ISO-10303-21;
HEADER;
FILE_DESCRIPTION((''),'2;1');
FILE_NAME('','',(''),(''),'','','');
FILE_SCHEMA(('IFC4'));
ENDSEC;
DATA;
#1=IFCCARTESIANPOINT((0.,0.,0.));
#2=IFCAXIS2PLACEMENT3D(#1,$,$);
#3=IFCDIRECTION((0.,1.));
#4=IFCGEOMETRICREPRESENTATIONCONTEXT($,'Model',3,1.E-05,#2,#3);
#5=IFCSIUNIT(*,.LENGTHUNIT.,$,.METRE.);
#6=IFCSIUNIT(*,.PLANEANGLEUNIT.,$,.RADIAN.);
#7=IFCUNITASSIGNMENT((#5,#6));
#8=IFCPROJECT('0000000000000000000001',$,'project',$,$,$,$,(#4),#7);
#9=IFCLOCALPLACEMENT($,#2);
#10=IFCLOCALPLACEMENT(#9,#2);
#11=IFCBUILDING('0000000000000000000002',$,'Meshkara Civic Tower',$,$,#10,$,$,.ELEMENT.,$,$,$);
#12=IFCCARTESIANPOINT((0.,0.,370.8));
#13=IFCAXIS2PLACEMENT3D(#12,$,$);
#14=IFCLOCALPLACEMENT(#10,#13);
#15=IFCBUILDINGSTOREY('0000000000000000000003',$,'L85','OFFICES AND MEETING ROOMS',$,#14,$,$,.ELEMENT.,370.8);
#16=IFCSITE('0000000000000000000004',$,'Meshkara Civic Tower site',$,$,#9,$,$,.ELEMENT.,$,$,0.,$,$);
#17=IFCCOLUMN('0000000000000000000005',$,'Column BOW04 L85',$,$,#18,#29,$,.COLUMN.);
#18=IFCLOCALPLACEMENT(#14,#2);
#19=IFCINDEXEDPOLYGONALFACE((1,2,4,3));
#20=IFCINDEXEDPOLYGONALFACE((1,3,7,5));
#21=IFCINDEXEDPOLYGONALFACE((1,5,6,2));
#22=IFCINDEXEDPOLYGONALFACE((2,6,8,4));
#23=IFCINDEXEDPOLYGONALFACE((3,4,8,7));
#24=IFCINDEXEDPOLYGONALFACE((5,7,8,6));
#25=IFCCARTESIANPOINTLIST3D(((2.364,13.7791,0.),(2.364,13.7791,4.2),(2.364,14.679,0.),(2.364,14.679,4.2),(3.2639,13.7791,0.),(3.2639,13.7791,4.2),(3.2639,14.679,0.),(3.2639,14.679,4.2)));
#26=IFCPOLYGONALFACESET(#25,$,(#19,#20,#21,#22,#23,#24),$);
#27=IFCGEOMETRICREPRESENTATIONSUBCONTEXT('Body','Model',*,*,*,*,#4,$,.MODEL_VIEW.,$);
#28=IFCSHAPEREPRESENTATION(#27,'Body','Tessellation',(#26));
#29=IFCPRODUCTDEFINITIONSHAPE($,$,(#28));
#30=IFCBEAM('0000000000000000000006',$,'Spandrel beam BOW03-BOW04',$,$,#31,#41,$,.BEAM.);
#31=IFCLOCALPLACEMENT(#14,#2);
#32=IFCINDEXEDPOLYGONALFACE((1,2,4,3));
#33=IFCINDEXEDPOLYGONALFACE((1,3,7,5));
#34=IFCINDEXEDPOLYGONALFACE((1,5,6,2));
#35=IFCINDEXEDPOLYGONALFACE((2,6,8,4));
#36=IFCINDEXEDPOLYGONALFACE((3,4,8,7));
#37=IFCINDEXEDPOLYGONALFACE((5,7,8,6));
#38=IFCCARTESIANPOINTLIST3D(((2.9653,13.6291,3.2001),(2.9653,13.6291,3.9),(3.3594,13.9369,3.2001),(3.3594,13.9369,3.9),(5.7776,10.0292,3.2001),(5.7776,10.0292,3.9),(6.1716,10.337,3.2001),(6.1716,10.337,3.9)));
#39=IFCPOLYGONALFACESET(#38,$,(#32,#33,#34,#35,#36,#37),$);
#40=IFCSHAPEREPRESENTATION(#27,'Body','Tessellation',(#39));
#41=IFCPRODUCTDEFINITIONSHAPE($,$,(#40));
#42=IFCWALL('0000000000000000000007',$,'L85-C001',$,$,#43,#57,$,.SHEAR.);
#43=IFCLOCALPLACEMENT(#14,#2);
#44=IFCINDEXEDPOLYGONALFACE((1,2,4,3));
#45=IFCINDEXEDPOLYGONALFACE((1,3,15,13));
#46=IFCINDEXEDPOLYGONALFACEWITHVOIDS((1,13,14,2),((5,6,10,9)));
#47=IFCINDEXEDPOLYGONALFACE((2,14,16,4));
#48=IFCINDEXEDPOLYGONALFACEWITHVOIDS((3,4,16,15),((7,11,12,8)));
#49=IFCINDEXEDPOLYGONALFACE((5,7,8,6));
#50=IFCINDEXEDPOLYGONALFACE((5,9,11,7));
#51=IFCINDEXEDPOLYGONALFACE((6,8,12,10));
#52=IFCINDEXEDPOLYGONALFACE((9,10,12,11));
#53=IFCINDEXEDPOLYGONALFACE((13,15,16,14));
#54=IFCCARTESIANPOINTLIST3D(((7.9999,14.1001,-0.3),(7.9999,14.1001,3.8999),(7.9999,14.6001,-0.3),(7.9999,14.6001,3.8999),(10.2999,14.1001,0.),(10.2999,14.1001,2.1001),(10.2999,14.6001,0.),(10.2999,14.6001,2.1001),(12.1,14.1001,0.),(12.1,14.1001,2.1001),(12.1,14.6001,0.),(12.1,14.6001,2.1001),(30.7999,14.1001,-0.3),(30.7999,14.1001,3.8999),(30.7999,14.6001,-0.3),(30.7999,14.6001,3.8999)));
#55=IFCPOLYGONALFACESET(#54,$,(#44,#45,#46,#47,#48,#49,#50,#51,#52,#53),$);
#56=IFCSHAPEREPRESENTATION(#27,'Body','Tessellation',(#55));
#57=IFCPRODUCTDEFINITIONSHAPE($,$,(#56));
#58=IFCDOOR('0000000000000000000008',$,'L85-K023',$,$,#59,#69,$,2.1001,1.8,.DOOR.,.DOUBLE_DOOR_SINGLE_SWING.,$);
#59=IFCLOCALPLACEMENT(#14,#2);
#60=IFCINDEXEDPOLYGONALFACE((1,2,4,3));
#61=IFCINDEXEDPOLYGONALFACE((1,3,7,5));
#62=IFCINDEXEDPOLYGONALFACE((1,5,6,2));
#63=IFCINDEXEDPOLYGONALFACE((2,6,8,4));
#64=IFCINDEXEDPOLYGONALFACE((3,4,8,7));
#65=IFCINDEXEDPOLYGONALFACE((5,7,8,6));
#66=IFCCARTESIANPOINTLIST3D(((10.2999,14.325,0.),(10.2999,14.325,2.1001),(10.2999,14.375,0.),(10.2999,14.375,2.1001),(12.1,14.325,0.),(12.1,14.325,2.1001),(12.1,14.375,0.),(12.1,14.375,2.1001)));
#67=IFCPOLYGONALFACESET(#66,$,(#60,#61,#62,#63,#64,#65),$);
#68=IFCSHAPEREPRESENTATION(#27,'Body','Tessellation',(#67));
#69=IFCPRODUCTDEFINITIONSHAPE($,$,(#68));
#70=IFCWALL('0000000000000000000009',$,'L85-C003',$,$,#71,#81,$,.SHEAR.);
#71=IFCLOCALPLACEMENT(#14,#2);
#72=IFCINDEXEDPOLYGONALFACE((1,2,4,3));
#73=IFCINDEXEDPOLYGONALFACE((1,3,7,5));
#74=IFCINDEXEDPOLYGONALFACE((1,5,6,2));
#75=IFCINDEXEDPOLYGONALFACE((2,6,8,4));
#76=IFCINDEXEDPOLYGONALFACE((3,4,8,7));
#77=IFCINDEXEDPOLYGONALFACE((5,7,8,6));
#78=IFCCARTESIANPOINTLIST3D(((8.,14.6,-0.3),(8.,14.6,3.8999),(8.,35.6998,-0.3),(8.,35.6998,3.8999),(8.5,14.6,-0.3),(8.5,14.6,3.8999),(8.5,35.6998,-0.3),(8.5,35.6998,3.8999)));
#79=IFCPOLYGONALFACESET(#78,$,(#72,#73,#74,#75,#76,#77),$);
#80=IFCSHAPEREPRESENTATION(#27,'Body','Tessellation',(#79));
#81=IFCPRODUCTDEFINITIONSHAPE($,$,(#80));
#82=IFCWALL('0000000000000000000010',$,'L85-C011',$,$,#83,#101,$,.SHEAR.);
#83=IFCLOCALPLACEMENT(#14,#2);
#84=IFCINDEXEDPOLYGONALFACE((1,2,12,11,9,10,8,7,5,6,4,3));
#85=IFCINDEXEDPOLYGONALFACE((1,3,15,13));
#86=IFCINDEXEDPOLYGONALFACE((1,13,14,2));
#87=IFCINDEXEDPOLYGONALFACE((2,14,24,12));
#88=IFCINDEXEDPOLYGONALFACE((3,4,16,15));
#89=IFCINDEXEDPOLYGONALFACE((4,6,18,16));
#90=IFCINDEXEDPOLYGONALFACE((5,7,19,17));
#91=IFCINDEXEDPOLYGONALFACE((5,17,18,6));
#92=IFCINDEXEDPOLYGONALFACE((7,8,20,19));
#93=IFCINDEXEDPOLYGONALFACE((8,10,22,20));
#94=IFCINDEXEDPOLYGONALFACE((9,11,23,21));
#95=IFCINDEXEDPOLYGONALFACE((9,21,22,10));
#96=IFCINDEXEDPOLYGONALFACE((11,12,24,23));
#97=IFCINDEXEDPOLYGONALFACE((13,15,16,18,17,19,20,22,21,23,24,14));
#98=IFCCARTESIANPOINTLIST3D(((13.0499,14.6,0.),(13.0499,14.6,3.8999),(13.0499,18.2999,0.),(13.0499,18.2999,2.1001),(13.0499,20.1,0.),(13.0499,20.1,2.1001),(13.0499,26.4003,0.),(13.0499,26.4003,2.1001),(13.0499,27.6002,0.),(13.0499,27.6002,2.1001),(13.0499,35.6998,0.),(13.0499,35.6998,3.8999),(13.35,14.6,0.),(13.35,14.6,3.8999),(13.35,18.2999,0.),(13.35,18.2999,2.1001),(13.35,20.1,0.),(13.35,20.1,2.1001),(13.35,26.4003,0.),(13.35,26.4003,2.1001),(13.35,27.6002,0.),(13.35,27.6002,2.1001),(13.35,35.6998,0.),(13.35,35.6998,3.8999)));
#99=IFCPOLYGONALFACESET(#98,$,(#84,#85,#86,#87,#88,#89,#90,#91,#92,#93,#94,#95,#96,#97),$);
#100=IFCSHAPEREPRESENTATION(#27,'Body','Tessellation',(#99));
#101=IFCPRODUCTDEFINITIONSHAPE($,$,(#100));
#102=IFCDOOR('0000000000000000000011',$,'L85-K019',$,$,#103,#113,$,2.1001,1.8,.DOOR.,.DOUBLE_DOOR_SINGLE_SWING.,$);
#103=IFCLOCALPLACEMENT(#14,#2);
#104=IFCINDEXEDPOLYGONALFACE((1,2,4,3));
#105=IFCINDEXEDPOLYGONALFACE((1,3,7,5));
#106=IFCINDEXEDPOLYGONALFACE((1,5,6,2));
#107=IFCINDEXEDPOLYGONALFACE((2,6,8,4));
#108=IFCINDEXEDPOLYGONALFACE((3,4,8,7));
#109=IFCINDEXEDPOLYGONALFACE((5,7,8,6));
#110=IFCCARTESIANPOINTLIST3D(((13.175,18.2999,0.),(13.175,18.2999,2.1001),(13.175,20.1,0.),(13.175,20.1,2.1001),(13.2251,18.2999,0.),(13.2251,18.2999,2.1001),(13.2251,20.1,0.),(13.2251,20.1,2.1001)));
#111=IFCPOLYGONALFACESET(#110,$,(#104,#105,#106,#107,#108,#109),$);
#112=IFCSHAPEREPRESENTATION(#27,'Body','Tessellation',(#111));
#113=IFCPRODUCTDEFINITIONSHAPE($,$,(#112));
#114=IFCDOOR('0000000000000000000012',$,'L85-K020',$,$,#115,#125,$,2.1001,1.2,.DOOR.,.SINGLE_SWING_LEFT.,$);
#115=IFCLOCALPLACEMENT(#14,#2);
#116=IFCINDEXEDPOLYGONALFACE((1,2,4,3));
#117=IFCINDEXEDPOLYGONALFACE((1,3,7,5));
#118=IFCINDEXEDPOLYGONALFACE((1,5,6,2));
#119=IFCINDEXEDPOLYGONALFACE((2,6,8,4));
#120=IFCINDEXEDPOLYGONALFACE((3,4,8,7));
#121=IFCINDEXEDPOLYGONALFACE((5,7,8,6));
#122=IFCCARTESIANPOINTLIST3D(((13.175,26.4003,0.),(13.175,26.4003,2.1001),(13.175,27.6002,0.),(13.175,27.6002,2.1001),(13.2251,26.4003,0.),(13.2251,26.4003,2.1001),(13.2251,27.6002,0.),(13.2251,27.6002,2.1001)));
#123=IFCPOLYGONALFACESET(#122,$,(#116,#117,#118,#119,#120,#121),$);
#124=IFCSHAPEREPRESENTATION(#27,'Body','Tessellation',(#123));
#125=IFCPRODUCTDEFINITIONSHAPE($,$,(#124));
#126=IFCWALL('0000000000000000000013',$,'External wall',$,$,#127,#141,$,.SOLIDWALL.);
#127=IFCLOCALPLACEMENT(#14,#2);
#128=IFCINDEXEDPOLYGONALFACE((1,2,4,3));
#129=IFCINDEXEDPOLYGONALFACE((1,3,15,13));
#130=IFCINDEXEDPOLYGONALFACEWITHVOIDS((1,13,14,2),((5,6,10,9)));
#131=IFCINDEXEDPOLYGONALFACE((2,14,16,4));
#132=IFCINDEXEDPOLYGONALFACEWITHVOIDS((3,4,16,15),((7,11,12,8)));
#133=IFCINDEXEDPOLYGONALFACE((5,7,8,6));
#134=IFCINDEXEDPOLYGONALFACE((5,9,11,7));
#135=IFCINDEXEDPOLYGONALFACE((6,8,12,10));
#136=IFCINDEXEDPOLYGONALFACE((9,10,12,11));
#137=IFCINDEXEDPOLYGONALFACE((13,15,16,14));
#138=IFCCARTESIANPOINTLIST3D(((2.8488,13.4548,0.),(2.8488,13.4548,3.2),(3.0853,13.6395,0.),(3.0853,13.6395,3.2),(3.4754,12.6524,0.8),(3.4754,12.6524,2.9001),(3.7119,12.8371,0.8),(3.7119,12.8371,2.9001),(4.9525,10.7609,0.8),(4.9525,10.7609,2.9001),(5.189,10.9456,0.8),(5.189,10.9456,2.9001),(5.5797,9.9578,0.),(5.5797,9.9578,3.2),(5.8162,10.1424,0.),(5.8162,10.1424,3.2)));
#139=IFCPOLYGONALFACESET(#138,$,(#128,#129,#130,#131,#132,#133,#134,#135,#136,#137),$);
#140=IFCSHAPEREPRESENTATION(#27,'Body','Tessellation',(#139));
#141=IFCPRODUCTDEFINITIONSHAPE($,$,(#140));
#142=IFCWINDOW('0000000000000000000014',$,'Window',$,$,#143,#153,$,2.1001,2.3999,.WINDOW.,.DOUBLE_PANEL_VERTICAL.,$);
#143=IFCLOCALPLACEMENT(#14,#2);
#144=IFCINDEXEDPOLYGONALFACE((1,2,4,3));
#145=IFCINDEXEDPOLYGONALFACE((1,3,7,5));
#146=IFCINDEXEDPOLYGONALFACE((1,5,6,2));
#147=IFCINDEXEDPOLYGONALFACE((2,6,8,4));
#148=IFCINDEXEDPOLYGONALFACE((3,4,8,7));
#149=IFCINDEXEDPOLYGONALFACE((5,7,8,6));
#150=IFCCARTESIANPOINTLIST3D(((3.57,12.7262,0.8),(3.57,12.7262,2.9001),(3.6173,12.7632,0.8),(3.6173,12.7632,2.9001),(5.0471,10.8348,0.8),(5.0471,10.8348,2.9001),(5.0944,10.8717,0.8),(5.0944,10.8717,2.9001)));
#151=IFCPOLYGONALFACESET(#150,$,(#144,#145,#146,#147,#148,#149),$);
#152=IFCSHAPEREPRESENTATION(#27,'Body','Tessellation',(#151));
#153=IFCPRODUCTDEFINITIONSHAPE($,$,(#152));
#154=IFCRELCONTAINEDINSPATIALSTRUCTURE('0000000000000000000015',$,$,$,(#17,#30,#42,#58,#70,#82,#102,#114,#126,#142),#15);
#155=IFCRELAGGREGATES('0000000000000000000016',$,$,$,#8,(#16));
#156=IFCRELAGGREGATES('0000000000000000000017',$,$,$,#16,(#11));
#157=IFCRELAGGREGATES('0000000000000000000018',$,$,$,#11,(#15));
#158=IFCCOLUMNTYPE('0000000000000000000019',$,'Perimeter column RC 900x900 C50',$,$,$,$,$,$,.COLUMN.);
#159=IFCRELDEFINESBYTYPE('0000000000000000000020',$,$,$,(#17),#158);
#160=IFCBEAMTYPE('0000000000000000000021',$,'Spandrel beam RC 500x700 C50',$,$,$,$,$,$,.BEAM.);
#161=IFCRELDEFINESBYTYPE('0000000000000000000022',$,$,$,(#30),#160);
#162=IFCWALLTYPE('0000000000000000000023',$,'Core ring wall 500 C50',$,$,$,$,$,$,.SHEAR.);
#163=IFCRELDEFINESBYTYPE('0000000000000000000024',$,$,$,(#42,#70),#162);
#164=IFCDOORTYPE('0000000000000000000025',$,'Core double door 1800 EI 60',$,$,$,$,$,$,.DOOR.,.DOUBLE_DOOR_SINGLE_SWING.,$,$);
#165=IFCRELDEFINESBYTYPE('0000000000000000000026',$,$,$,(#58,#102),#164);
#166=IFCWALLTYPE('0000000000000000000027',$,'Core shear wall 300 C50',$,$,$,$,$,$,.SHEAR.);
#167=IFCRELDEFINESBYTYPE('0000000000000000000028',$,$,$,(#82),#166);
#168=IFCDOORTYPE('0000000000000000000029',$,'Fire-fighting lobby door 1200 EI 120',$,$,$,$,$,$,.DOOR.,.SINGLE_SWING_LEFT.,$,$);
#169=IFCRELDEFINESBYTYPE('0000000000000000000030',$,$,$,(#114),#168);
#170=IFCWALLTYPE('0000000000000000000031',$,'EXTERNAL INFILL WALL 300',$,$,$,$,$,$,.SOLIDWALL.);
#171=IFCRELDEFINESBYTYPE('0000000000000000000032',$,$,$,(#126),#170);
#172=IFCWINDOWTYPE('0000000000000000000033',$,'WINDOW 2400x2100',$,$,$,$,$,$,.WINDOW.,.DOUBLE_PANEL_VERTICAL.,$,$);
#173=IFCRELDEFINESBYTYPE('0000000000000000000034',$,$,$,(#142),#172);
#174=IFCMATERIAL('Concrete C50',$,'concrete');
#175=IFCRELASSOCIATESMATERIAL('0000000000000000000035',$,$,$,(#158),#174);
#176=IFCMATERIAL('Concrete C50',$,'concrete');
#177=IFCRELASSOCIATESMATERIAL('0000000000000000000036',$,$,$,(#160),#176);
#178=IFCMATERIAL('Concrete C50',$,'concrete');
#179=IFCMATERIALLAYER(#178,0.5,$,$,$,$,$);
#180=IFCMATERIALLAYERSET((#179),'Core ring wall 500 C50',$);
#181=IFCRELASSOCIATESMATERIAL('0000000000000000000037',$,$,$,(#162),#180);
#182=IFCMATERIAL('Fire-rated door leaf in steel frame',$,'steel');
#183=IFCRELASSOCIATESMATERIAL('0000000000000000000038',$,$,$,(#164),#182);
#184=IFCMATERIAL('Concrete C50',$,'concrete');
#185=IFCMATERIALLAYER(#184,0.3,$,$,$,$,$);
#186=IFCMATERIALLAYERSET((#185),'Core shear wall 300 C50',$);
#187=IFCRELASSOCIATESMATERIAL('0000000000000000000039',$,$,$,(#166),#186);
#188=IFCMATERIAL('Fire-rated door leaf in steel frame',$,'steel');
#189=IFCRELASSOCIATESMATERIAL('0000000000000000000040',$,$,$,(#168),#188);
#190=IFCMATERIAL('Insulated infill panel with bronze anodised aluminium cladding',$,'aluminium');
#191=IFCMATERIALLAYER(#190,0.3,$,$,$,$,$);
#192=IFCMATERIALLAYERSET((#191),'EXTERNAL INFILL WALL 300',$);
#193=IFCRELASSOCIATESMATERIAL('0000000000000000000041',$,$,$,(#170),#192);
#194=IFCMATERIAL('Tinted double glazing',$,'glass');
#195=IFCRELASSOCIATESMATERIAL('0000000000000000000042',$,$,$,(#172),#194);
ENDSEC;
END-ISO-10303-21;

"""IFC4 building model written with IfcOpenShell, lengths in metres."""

from ifc_helpers import new_model, si_unit, direction, frame, frame_2d, origin, origin_2d, place, context, subcontext, project, spatial, rectangle, extrude, material, layer, layer_set, material_profile, profile_set, type_object, element, fill, save


model = new_model("IFC4")

# Units and contexts
model_context = context("Model", 3, precision=1e-05, world=origin(), true_north=direction((0.0, 1.0)))
body_context = subcontext(model_context, "Body", "Model", "MODEL_VIEW")
ifc_project = project(units=[si_unit("LENGTHUNIT", "METRE"), si_unit("PLANEANGLEUNIT", "RADIAN")], contexts=[model_context])

# Site, building, storey
site_placement = place(None, origin())
site = spatial("IfcSite", under=ifc_project, at=site_placement, Name="Meshkara Civic Tower site", CompositionType="ELEMENT", RefElevation=0.0)
building_placement = place(site_placement, origin())
building = spatial("IfcBuilding", under=site, at=building_placement, Name="Meshkara Civic Tower", CompositionType="ELEMENT")
storey_placement = place(building_placement, frame((0.0, 0.0, 370.8)))
storey = spatial("IfcBuildingStorey", under=building, at=storey_placement, Name="L85", Description="OFFICES AND MEETING ROOMS", CompositionType="ELEMENT", Elevation=370.8)

# Column
ifc_material_1 = material(Name="Concrete C50", Category="concrete")
ifc_material_profile_1 = material_profile(ifc_material_1, rectangle(XDim=0.8999, YDim=0.8999, at=origin_2d()))
ifc_profile_set_1 = profile_set([ifc_material_profile_1], Name="Concrete C50")
column_type = type_object("IfcColumnType", Name="Perimeter column RC 900x900 C50", PredefinedType="COLUMN", material=ifc_profile_set_1)
column_placement = place(storey_placement, frame((2.814, 14.229, 0.0), z_axis=(0.0, 0.0, 1.0), x_axis=(1.0, 0.0, 0.0)))
element("IfcColumn", 1, at=column_placement, inside=storey, type_object=column_type, Name="Column BOW04 L85", PredefinedType="COLUMN", context=body_context, shape_type="SweptSolid", body=[
    extrude(rectangle(XDim=0.8999, YDim=0.8999, at=origin_2d()), origin(), (0.0, 0.0, 1.0), 4.2),
])

# Beam
ifc_material_2 = material(Name="Concrete C50", Category="concrete")
ifc_material_profile_2 = material_profile(ifc_material_2, rectangle(XDim=0.5, YDim=0.7, at=origin_2d()))
ifc_profile_set_2 = profile_set([ifc_material_profile_2], Name="Concrete C50")
beam_type = type_object("IfcBeamType", Name="Spandrel beam RC 500x700 C50", PredefinedType="BEAM", material=ifc_profile_set_2)
beam_placement = place(storey_placement, frame((3.1624, 13.783, 3.55), z_axis=(0.615626, -0.788038, 0.0), x_axis=(0.788038, 0.615626, 0.0)))
element("IfcBeam", 2, at=beam_placement, inside=storey, type_object=beam_type, Name="Spandrel beam BOW03-BOW04", PredefinedType="BEAM", context=body_context, shape_type="SweptSolid", body=[
    extrude(rectangle(XDim=0.5, YDim=0.7, at=origin_2d()), origin(), (0.0, 0.0, 1.0), 4.5681),
])

# Wall, opening, door
ifc_material_3 = material(Name="Concrete C50", Category="concrete")
ifc_layer_1 = layer(ifc_material_3, 0.5)
ifc_layer_set_1 = layer_set([ifc_layer_1], Name="Core ring wall 500 C50")
wall_type_1 = type_object("IfcWallType", Name="Core ring wall 500 C50", PredefinedType="SHEAR", material=ifc_layer_set_1)
wall_1_placement = place(storey_placement, frame((8.0, 14.3501, -0.3), z_axis=(0.0, 0.0, 1.0), x_axis=(1.0, 0.0, 0.0)))
wall_1 = element("IfcWall", 3, at=wall_1_placement, inside=storey, type_object=wall_type_1, Name="L85-C001", PredefinedType="SHEAR", context=body_context, shape_type="SweptSolid", body=[
    extrude(rectangle(XDim=22.8, YDim=0.5, at=frame_2d((11.3999, 0.0))), origin(), (0.0, 0.0, 1.0), 4.2),
])
opening_1_placement = place(wall_1_placement, frame((2.3, 0.0, 0.3)))
opening_1 = element("IfcOpeningElement", 4, at=opening_1_placement, cuts=wall_1, PredefinedType="OPENING", context=body_context, shape_type="SweptSolid", body=[
    extrude(rectangle(XDim=1.8, YDim=2.1001, at=frame_2d((0.8999, 1.05))), frame((0.0, 0.26, 0.0), z_axis=(0.0, -1.0, 0.0), x_axis=(1.0, 0.0, 0.0)), (0.0, 0.0, 1.0), 0.52),
])
ifc_material_4 = material(Name="Fire-rated door leaf in steel frame", Category="steel")
door_type_1 = type_object("IfcDoorType", Name="Core double door 1800 EI 60", OperationType="DOUBLE_DOOR_SINGLE_SWING", PredefinedType="DOOR", material=ifc_material_4)
door_1_placement = place(opening_1_placement, origin())
door_1 = element("IfcDoor", 5, at=door_1_placement, inside=storey, type_object=door_type_1, Name="L85-K023", OperationType="DOUBLE_DOOR_SINGLE_SWING", OverallHeight=2.1001, OverallWidth=1.8, PredefinedType="DOOR", context=body_context, shape_type="SweptSolid", body=[
    extrude(rectangle(XDim=1.8, YDim=2.1001, at=frame_2d((0.8999, 1.05))), frame((0.0, 0.0249, 0.0), z_axis=(0.0, -1.0, 0.0), x_axis=(1.0, 0.0, 0.0)), (0.0, 0.0, 1.0), 0.05),
])
fill(opening_1, door_1)

# Wall
wall_2_placement = place(storey_placement, frame((8.25, 14.6001, -0.3), z_axis=(0.0, 0.0, 1.0), x_axis=(0.0, 1.0, 0.0)))
element("IfcWall", 6, at=wall_2_placement, inside=storey, type_object=wall_type_1, Name="L85-C003", PredefinedType="SHEAR", context=body_context, shape_type="SweptSolid", body=[
    extrude(rectangle(XDim=21.0999, YDim=0.5, at=frame_2d((10.5498, 0.0))), origin(), (0.0, 0.0, 1.0), 4.2),
])

# Wall, openings, doors
ifc_material_5 = material(Name="Concrete C50", Category="concrete")
ifc_layer_2 = layer(ifc_material_5, 0.3)
ifc_layer_set_2 = layer_set([ifc_layer_2], Name="Core shear wall 300 C50")
wall_type_2 = type_object("IfcWallType", Name="Core shear wall 300 C50", PredefinedType="SHEAR", material=ifc_layer_set_2)
wall_3_placement = place(storey_placement, frame((13.2, 14.6001, 0.0), z_axis=(0.0, 0.0, 1.0), x_axis=(0.0, 1.0, 0.0)))
wall_3 = element("IfcWall", 7, at=wall_3_placement, inside=storey, type_object=wall_type_2, Name="L85-C011", PredefinedType="SHEAR", context=body_context, shape_type="SweptSolid", body=[
    extrude(rectangle(XDim=21.0999, YDim=0.3, at=frame_2d((10.5498, 0.0))), origin(), (0.0, 0.0, 1.0), 3.8999),
])
opening_2_placement = place(wall_3_placement, frame((3.7, 0.0, 0.0)))
opening_2 = element("IfcOpeningElement", 8, at=opening_2_placement, cuts=wall_3, PredefinedType="OPENING", context=body_context, shape_type="SweptSolid", body=[
    extrude(rectangle(XDim=1.8, YDim=2.1001, at=frame_2d((0.8999, 1.05))), frame((0.0, 0.1599, 0.0), z_axis=(0.0, -1.0, 0.0), x_axis=(1.0, 0.0, 0.0)), (0.0, 0.0, 1.0), 0.3201),
])
opening_3_placement = place(wall_3_placement, frame((11.8, 0.0, 0.0)))
opening_3 = element("IfcOpeningElement", 9, at=opening_3_placement, cuts=wall_3, PredefinedType="OPENING", context=body_context, shape_type="SweptSolid", body=[
    extrude(rectangle(XDim=1.2, YDim=2.1001, at=frame_2d((0.6001, 1.05))), frame((0.0, 0.1599, 0.0), z_axis=(0.0, -1.0, 0.0), x_axis=(1.0, 0.0, 0.0)), (0.0, 0.0, 1.0), 0.3201),
])
door_2_placement = place(opening_2_placement, origin())
door_2 = element("IfcDoor", 10, at=door_2_placement, inside=storey, type_object=door_type_1, Name="L85-K019", OperationType="DOUBLE_DOOR_SINGLE_SWING", OverallHeight=2.1001, OverallWidth=1.8, PredefinedType="DOOR", context=body_context, shape_type="SweptSolid", body=[
    extrude(rectangle(XDim=1.8, YDim=2.1001, at=frame_2d((0.8999, 1.05))), frame((0.0, 0.0249, 0.0), z_axis=(0.0, -1.0, 0.0), x_axis=(1.0, 0.0, 0.0)), (0.0, 0.0, 1.0), 0.05),
])
fill(opening_2, door_2)
ifc_material_6 = material(Name="Fire-rated door leaf in steel frame", Category="steel")
door_type_2 = type_object("IfcDoorType", Name="Fire-fighting lobby door 1200 EI 120", OperationType="SINGLE_SWING_LEFT", PredefinedType="DOOR", material=ifc_material_6)
door_3_placement = place(opening_3_placement, origin())
door_3 = element("IfcDoor", 11, at=door_3_placement, inside=storey, type_object=door_type_2, Name="L85-K020", OperationType="SINGLE_SWING_LEFT", OverallHeight=2.1001, OverallWidth=1.2, PredefinedType="DOOR", context=body_context, shape_type="SweptSolid", body=[
    extrude(rectangle(XDim=1.2, YDim=2.1001, at=frame_2d((0.6001, 1.05))), frame((0.0, 0.0249, 0.0), z_axis=(0.0, -1.0, 0.0), x_axis=(1.0, 0.0, 0.0)), (0.0, 0.0, 1.0), 0.05),
])
fill(opening_3, door_3)

# Wall, opening, window
ifc_material_7 = material(Name="Insulated infill panel with bronze anodised aluminium cladding", Category="aluminium")
ifc_layer_3 = layer(ifc_material_7, 0.3)
ifc_layer_set_3 = layer_set([ifc_layer_3], Name="EXTERNAL INFILL WALL 300")
wall_type_3 = type_object("IfcWallType", Name="EXTERNAL INFILL WALL 300", PredefinedType="SOLIDWALL", material=ifc_layer_set_3)
wall_4_placement = place(storey_placement, frame((2.967, 13.5471, 0.0), z_axis=(0.0, 0.0, 1.0), x_axis=(0.615486, -0.788148, 0.0)))
wall_4 = element("IfcWall", 12, at=wall_4_placement, inside=storey, type_object=wall_type_3, Name="External wall", PredefinedType="SOLIDWALL", context=body_context, shape_type="SweptSolid", body=[
    extrude(rectangle(XDim=4.437, YDim=0.3, at=frame_2d((2.2185, 0.0))), origin(), (0.0, 0.0, 1.0), 3.2),
])
opening_4_placement = place(wall_4_placement, frame((1.0181, 0.0, 0.8)))
opening_4 = element("IfcOpeningElement", 13, at=opening_4_placement, cuts=wall_4, PredefinedType="OPENING", context=body_context, shape_type="SweptSolid", body=[
    extrude(rectangle(XDim=2.3999, YDim=2.1001, at=frame_2d((1.2, 1.05))), frame((0.0, 0.1599, 0.0), z_axis=(0.0, -1.0, 0.0), x_axis=(1.0, 0.0, 0.0)), (0.0, 0.0, 1.0), 0.3201),
])
ifc_material_8 = material(Name="Tinted double glazing", Category="glass")
window_type = type_object("IfcWindowType", Name="WINDOW 2400x2100", PartitioningType="DOUBLE_PANEL_VERTICAL", PredefinedType="WINDOW", material=ifc_material_8)
window_placement = place(opening_4_placement, origin())
window = element("IfcWindow", 14, at=window_placement, inside=storey, type_object=window_type, Name="Window", OverallHeight=2.1001, OverallWidth=2.3999, PartitioningType="DOUBLE_PANEL_VERTICAL", PredefinedType="WINDOW", context=body_context, shape_type="SweptSolid", body=[
    extrude(rectangle(XDim=2.3999, YDim=2.1001, at=frame_2d((1.2, 1.05))), frame((0.0, 0.03, 0.0), z_axis=(0.0, -1.0, 0.0), x_axis=(1.0, 0.0, 0.0)), (0.0, 0.0, 1.0), 0.0601),
])
fill(opening_4, window)

save(model, "model.ifc")
